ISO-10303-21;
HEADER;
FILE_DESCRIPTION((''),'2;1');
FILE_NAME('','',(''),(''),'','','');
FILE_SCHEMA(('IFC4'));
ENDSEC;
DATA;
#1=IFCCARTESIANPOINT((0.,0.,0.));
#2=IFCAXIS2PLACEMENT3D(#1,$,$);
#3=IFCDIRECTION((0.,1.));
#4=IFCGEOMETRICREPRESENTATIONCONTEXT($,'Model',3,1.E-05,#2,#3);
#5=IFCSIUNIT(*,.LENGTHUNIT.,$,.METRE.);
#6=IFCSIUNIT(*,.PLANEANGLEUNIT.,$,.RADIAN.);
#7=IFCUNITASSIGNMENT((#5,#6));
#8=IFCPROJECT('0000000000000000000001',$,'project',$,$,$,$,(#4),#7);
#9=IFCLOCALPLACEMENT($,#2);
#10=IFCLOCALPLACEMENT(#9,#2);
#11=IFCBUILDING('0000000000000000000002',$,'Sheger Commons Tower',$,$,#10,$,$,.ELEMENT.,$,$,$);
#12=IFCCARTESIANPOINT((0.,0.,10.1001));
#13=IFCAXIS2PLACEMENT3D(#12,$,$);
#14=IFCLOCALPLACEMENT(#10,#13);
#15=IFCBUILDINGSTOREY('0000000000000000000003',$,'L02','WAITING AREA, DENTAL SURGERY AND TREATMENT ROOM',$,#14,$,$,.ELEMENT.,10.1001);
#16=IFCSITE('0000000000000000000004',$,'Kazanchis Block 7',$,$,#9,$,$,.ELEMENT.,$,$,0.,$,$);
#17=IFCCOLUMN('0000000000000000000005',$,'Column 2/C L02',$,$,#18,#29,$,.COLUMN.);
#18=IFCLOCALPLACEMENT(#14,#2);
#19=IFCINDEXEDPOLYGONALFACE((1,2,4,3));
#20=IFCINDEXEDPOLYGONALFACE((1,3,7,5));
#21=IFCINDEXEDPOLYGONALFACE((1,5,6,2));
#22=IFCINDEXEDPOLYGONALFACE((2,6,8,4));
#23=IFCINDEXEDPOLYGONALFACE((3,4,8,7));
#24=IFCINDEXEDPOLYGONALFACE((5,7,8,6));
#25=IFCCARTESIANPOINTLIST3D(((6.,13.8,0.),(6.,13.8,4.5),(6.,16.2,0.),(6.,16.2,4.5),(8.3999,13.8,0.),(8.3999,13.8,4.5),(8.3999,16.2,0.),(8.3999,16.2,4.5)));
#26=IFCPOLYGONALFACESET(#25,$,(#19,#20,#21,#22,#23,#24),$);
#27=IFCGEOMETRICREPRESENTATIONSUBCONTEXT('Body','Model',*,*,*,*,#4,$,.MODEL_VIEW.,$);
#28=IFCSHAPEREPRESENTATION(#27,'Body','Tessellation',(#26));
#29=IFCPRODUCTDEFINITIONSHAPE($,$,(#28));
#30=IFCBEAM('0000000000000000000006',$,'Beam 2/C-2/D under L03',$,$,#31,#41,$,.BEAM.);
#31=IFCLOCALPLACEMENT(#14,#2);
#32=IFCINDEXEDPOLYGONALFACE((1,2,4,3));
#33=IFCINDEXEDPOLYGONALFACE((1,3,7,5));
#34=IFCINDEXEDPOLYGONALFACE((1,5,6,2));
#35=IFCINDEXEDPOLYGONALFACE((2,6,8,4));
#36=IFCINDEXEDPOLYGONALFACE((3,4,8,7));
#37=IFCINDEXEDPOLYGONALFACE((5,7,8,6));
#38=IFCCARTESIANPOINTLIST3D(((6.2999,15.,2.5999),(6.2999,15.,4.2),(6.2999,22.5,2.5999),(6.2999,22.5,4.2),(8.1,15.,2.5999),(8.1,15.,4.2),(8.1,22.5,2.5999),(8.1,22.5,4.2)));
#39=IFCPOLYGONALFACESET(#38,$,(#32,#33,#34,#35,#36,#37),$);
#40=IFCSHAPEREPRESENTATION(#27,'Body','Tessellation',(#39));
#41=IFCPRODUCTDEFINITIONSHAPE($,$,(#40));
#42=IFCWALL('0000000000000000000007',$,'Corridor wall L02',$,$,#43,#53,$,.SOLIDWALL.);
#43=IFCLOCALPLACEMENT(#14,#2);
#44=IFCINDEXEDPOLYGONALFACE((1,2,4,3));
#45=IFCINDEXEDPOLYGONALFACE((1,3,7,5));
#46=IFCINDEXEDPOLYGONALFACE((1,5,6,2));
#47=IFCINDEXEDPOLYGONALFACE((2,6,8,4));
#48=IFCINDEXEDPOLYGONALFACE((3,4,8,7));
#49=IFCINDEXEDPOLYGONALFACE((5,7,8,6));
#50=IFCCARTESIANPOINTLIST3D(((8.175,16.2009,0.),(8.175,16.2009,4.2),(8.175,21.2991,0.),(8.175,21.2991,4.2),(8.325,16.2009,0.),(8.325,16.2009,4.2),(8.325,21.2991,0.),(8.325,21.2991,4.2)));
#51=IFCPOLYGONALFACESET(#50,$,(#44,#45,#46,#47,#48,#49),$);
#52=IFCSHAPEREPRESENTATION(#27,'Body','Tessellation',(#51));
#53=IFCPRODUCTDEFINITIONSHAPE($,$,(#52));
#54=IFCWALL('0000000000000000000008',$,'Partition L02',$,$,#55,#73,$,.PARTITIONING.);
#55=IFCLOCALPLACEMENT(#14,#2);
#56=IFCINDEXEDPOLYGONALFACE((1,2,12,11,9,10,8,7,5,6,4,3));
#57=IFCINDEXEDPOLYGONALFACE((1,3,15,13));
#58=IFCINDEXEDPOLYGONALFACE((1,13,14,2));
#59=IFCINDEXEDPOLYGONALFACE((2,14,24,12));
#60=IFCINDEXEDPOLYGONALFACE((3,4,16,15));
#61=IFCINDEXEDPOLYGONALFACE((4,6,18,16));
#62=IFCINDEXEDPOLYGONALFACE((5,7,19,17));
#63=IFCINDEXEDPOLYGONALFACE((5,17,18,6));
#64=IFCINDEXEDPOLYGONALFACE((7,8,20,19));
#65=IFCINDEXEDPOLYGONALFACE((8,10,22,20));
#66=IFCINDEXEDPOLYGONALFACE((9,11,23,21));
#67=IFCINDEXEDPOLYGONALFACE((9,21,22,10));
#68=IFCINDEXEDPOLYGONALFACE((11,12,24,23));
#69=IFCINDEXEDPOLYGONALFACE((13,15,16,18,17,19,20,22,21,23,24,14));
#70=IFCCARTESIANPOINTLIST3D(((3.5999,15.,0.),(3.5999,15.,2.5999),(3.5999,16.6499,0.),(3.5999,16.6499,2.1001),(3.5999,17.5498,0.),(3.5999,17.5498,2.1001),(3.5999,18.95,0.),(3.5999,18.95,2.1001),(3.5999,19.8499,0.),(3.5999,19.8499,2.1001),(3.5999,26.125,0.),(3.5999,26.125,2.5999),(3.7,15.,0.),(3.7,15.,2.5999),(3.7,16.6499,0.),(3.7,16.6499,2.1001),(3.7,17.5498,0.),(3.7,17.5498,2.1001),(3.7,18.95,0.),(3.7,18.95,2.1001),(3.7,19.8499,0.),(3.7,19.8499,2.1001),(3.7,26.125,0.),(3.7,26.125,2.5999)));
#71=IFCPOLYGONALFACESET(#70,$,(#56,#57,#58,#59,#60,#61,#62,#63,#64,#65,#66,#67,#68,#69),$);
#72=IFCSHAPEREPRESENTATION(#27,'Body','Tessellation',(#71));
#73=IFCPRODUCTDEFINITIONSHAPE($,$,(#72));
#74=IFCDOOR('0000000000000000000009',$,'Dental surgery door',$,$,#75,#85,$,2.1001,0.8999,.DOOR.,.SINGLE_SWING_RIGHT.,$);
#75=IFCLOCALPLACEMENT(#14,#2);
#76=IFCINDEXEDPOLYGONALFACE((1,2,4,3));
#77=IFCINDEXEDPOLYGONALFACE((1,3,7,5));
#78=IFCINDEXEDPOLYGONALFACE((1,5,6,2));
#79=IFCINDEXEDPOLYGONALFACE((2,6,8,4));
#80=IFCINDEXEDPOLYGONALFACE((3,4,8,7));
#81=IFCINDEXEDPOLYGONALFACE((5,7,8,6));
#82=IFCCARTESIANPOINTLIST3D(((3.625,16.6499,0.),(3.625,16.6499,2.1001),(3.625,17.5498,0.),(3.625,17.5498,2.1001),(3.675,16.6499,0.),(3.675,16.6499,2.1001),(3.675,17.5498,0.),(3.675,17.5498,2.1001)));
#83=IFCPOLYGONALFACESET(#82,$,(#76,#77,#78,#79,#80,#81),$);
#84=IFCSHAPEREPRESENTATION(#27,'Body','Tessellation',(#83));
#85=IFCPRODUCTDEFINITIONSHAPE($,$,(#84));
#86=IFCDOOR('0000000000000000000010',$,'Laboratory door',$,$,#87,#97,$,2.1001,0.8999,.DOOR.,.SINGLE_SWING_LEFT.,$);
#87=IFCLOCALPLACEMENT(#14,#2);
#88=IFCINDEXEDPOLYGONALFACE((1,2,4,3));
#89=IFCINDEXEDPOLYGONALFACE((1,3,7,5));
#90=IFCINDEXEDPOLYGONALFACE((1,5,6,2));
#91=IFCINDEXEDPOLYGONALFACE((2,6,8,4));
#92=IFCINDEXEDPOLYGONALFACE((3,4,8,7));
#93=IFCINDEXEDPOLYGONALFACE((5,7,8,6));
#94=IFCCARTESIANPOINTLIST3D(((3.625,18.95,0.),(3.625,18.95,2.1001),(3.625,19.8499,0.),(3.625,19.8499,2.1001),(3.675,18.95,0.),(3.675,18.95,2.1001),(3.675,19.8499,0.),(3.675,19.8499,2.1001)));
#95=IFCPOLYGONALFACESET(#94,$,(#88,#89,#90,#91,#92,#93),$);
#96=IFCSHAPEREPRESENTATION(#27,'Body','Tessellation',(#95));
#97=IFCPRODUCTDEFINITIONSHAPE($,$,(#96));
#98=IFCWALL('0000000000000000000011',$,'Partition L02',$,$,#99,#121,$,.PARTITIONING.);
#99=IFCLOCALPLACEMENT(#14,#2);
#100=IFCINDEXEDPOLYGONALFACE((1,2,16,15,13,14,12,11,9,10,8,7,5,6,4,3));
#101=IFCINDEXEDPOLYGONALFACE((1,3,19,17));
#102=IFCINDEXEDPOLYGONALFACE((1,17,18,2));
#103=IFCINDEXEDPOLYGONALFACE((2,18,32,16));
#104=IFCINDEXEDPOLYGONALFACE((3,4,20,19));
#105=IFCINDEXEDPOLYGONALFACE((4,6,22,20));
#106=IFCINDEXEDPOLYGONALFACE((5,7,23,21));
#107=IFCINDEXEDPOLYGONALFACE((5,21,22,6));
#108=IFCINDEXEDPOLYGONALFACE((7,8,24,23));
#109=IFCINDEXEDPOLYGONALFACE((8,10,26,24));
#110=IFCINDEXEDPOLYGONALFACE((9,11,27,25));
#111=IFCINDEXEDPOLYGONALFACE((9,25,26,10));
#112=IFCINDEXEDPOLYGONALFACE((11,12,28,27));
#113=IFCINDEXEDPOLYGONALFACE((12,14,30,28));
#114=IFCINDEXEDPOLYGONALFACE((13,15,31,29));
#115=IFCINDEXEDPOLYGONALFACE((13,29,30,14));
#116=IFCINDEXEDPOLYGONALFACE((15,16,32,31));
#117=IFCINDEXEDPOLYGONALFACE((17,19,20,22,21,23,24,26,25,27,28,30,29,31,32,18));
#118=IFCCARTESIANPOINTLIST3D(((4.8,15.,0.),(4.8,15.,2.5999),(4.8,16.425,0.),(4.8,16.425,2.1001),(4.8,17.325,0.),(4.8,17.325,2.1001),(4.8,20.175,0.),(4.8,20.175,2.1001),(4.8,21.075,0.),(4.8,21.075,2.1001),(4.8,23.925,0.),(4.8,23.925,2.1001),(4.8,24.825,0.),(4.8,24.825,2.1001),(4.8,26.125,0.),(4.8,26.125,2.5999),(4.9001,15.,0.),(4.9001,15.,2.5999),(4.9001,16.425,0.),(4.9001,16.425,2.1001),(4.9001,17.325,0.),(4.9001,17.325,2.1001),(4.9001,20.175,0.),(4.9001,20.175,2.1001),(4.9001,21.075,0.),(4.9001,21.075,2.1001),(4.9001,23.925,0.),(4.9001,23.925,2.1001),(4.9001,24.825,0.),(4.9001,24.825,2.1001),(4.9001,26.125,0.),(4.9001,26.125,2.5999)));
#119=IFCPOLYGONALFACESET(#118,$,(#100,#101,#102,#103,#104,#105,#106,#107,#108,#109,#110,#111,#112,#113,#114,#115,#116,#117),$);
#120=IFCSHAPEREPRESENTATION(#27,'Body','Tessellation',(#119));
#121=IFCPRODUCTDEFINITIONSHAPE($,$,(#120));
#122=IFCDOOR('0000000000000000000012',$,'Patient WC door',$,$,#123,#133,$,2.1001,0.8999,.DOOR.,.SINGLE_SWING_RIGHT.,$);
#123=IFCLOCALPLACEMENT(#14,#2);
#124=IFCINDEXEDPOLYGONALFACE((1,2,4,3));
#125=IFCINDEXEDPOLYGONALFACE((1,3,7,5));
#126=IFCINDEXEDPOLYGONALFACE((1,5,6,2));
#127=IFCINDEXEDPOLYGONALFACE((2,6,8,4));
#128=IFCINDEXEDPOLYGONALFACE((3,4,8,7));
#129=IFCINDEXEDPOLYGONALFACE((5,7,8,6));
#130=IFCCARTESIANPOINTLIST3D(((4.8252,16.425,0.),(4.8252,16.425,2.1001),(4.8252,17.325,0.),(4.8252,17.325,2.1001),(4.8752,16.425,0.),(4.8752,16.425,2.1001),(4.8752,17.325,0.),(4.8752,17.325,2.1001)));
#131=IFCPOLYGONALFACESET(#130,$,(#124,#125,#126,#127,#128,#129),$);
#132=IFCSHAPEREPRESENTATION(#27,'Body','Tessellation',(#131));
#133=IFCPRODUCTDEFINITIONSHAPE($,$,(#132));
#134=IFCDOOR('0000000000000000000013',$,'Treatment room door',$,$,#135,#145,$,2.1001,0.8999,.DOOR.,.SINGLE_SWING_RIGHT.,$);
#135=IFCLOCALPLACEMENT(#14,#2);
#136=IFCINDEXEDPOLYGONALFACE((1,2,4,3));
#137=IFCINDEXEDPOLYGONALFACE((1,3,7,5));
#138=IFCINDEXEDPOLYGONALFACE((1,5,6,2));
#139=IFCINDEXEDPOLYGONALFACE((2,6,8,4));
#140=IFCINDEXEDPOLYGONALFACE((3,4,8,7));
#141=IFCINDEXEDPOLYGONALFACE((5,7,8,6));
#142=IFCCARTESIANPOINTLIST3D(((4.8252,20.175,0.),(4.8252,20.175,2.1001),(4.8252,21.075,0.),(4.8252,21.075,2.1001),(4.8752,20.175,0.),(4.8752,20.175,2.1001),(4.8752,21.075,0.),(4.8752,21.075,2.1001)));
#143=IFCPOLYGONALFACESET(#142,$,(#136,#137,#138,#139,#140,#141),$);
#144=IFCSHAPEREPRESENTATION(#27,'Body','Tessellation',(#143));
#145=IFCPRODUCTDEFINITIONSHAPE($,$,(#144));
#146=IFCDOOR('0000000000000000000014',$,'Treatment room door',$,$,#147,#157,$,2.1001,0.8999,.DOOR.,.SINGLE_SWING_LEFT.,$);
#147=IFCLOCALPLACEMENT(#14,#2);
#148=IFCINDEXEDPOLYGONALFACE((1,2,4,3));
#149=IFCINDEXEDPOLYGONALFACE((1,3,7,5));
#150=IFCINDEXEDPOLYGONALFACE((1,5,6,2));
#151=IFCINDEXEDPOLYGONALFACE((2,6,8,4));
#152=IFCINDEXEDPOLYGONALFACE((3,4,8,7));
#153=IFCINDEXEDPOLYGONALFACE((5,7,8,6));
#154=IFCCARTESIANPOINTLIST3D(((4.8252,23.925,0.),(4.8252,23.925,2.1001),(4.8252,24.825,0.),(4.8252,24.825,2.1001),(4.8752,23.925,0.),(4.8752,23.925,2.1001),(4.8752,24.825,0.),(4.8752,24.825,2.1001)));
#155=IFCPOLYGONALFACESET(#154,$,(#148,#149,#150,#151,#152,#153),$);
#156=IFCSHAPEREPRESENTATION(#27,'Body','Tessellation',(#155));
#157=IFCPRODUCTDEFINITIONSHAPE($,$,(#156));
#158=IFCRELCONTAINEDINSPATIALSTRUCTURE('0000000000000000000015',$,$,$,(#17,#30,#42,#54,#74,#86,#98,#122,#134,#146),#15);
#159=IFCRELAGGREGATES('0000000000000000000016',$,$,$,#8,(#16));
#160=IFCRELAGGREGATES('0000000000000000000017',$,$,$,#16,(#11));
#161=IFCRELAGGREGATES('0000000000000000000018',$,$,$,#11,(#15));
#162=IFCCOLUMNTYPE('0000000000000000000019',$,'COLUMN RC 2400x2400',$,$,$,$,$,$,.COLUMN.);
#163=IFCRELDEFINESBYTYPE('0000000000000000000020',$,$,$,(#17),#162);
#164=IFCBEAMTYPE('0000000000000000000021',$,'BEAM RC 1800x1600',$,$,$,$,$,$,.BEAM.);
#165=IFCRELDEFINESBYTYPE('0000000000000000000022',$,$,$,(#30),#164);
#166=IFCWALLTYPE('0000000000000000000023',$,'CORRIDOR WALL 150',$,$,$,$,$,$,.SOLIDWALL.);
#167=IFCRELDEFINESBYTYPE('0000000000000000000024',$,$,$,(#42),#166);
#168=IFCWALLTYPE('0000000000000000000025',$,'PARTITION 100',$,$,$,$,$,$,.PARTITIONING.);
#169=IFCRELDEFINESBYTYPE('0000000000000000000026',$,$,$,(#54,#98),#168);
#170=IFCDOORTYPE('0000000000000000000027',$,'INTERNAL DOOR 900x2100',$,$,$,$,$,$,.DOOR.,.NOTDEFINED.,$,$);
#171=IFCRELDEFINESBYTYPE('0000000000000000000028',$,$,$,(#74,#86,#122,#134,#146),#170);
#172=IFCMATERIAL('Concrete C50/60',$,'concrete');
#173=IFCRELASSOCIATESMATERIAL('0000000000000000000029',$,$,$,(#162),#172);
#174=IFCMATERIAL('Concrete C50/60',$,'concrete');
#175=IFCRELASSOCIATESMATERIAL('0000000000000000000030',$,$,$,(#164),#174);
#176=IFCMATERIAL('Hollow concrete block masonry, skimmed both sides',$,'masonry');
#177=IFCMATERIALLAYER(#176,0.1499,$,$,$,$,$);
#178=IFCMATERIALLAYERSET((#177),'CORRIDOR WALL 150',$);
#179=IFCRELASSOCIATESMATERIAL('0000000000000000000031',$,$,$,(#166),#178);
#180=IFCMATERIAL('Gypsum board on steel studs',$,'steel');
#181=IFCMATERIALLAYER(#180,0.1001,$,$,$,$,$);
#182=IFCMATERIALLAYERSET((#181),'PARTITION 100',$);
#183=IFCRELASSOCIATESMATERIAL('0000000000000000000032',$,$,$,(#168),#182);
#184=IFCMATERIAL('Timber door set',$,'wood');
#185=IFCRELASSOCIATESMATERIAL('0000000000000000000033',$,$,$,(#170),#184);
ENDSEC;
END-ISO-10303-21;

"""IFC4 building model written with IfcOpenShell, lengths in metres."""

from ifc_helpers import new_model, si_unit, direction, frame, frame_2d, origin, origin_2d, place, context, subcontext, project, spatial, rectangle, extrude, material, layer, layer_set, material_profile, profile_set, type_object, element, fill, save


model = new_model("IFC4")

# Units and contexts
model_context = context("Model", 3, precision=1e-05, world=origin(), true_north=direction((0.0, 1.0)))
body_context = subcontext(model_context, "Body", "Model", "MODEL_VIEW")
ifc_project = project(units=[si_unit("LENGTHUNIT", "METRE"), si_unit("PLANEANGLEUNIT", "RADIAN")], contexts=[model_context])

# Site, building, storey
site_placement = place(None, origin())
site = spatial("IfcSite", under=ifc_project, at=site_placement, Name="Kazanchis Block 7", CompositionType="ELEMENT", RefElevation=0.0)
building_placement = place(site_placement, origin())
building = spatial("IfcBuilding", under=site, at=building_placement, Name="Sheger Commons Tower", CompositionType="ELEMENT")
storey_placement = place(building_placement, frame((0.0, 0.0, 10.1001)))
storey = spatial("IfcBuildingStorey", under=building, at=storey_placement, Name="L02", Description="WAITING AREA, DENTAL SURGERY AND TREATMENT ROOM", CompositionType="ELEMENT", Elevation=10.1001)

# Column
ifc_material_1 = material(Name="Concrete C50/60", Category="concrete")
ifc_material_profile_1 = material_profile(ifc_material_1, rectangle(XDim=2.3999, YDim=2.3999, at=origin_2d()), Name="RC 2400x2400")
ifc_profile_set_1 = profile_set([ifc_material_profile_1], Name="Concrete C50/60")
column_type = type_object("IfcColumnType", Name="COLUMN RC 2400x2400", PredefinedType="COLUMN", material=ifc_profile_set_1)
column_placement = place(storey_placement, frame((7.2, 15.0, 0.0), z_axis=(0.0, 0.0, 1.0), x_axis=(1.0, 0.0, 0.0)))
element("IfcColumn", 1, at=column_placement, inside=storey, type_object=column_type, Name="Column 2/C L02", PredefinedType="COLUMN", context=body_context, shape_type="SweptSolid", body=[
    extrude(rectangle(XDim=2.3999, YDim=2.3999, at=origin_2d()), origin(), (0.0, 0.0, 1.0), 4.5),
])

# Beam
ifc_material_2 = material(Name="Concrete C50/60", Category="concrete")
ifc_material_profile_2 = material_profile(ifc_material_2, rectangle(XDim=1.8, YDim=1.6001, at=origin_2d()), Name="RC 1800x1600")
ifc_profile_set_2 = profile_set([ifc_material_profile_2], Name="Concrete C50/60")
beam_type = type_object("IfcBeamType", Name="BEAM RC 1800x1600", PredefinedType="BEAM", material=ifc_profile_set_2)
beam_placement = place(storey_placement, frame((7.2, 15.0, 3.3999), z_axis=(0.0, 1.0, 0.0), x_axis=(-1.0, 0.0, 0.0)))
element("IfcBeam", 2, at=beam_placement, inside=storey, type_object=beam_type, Name="Beam 2/C-2/D under L03", PredefinedType="BEAM", context=body_context, shape_type="SweptSolid", body=[
    extrude(rectangle(XDim=1.8, YDim=1.6001, at=origin_2d()), origin(), (0.0, 0.0, 1.0), 7.5),
])

# Wall
ifc_material_3 = material(Name="Hollow concrete block masonry, skimmed both sides", Category="masonry")
ifc_layer_1 = layer(ifc_material_3, 0.1499)
ifc_layer_set_1 = layer_set([ifc_layer_1], Name="CORRIDOR WALL 150")
wall_type_1 = type_object("IfcWallType", Name="CORRIDOR WALL 150", PredefinedType="SOLIDWALL", material=ifc_layer_set_1)
wall_1_placement = place(storey_placement, frame((8.25, 16.2009, 0.0), z_axis=(0.0, 0.0, 1.0), x_axis=(0.0, 1.0, 0.0)))
element("IfcWall", 3, at=wall_1_placement, inside=storey, type_object=wall_type_1, Name="Corridor wall L02", PredefinedType="SOLIDWALL", context=body_context, shape_type="SweptSolid", body=[
    extrude(rectangle(XDim=5.0981, YDim=0.1499, at=frame_2d((2.5491, 0.0))), origin(), (0.0, 0.0, 1.0), 4.2),
])

# Walls, openings, doors
ifc_material_4 = material(Name="Gypsum board on steel studs", Category="steel")
ifc_layer_2 = layer(ifc_material_4, 0.1001)
ifc_layer_set_2 = layer_set([ifc_layer_2], Name="PARTITION 100")
wall_type_2 = type_object("IfcWallType", Name="PARTITION 100", PredefinedType="PARTITIONING", material=ifc_layer_set_2)
wall_2_placement = place(storey_placement, frame((3.6499, 15.0, 0.0), z_axis=(0.0, 0.0, 1.0), x_axis=(0.0, 1.0, 0.0)))
wall_2 = element("IfcWall", 4, at=wall_2_placement, inside=storey, type_object=wall_type_2, Name="Partition L02", PredefinedType="PARTITIONING", context=body_context, shape_type="SweptSolid", body=[
    extrude(rectangle(XDim=11.125, YDim=0.1001, at=frame_2d((5.5625, 0.0))), origin(), (0.0, 0.0, 1.0), 2.5999),
])
opening_1_placement = place(wall_2_placement, frame((1.6499, 0.0, 0.0)))
opening_1 = element("IfcOpeningElement", 5, at=opening_1_placement, cuts=wall_2, PredefinedType="OPENING", context=body_context, shape_type="SweptSolid", body=[
    extrude(rectangle(XDim=0.8999, YDim=2.1001, at=frame_2d((0.45, 1.05))), frame((0.0, 0.0601, 0.0), z_axis=(0.0, -1.0, 0.0), x_axis=(1.0, 0.0, 0.0)), (0.0, 0.0, 1.0), 0.1201),
])
opening_2_placement = place(wall_2_placement, frame((3.95, 0.0, 0.0)))
opening_2 = element("IfcOpeningElement", 6, at=opening_2_placement, cuts=wall_2, PredefinedType="OPENING", context=body_context, shape_type="SweptSolid", body=[
    extrude(rectangle(XDim=0.8999, YDim=2.1001, at=frame_2d((0.45, 1.05))), frame((0.0, 0.0601, 0.0), z_axis=(0.0, -1.0, 0.0), x_axis=(1.0, 0.0, 0.0)), (0.0, 0.0, 1.0), 0.1201),
])
ifc_material_5 = material(Name="Timber door set", Category="wood")
door_type = type_object("IfcDoorType", Name="INTERNAL DOOR 900x2100", OperationType="NOTDEFINED", PredefinedType="DOOR", material=ifc_material_5)
door_1_placement = place(opening_1_placement, origin())
door_1 = element("IfcDoor", 7, at=door_1_placement, inside=storey, type_object=door_type, Name="Dental surgery door", OperationType="SINGLE_SWING_RIGHT", OverallHeight=2.1001, OverallWidth=0.8999, PredefinedType="DOOR", context=body_context, shape_type="SweptSolid", body=[
    extrude(rectangle(XDim=0.8999, YDim=2.1001, at=frame_2d((0.45, 1.05))), frame((0.0, 0.0249, 0.0), z_axis=(0.0, -1.0, 0.0), x_axis=(1.0, 0.0, 0.0)), (0.0, 0.0, 1.0), 0.05),
])
fill(opening_1, door_1)
door_2_placement = place(opening_2_placement, origin())
door_2 = element("IfcDoor", 8, at=door_2_placement, inside=storey, type_object=door_type, Name="Laboratory door", OperationType="SINGLE_SWING_LEFT", OverallHeight=2.1001, OverallWidth=0.8999, PredefinedType="DOOR", context=body_context, shape_type="SweptSolid", body=[
    extrude(rectangle(XDim=0.8999, YDim=2.1001, at=frame_2d((0.45, 1.05))), frame((0.0, 0.0249, 0.0), z_axis=(0.0, -1.0, 0.0), x_axis=(1.0, 0.0, 0.0)), (0.0, 0.0, 1.0), 0.05),
])
fill(opening_2, door_2)
wall_3_placement = place(storey_placement, frame((4.8501, 15.0, 0.0), z_axis=(0.0, 0.0, 1.0), x_axis=(0.0, 1.0, 0.0)))
wall_3 = element("IfcWall", 9, at=wall_3_placement, inside=storey, type_object=wall_type_2, Name="Partition L02", PredefinedType="PARTITIONING", context=body_context, shape_type="SweptSolid", body=[
    extrude(rectangle(XDim=11.125, YDim=0.1001, at=frame_2d((5.5625, 0.0))), origin(), (0.0, 0.0, 1.0), 2.5999),
])
opening_3_placement = place(wall_3_placement, frame((1.425, 0.0, 0.0)))
opening_3 = element("IfcOpeningElement", 10, at=opening_3_placement, cuts=wall_3, PredefinedType="OPENING", context=body_context, shape_type="SweptSolid", body=[
    extrude(rectangle(XDim=0.8999, YDim=2.1001, at=frame_2d((0.45, 1.05))), frame((0.0, 0.0601, 0.0), z_axis=(0.0, -1.0, 0.0), x_axis=(1.0, 0.0, 0.0)), (0.0, 0.0, 1.0), 0.1201),
])
opening_4_placement = place(wall_3_placement, frame((5.175, 0.0, 0.0)))
opening_4 = element("IfcOpeningElement", 11, at=opening_4_placement, cuts=wall_3, PredefinedType="OPENING", context=body_context, shape_type="SweptSolid", body=[
    extrude(rectangle(XDim=0.8999, YDim=2.1001, at=frame_2d((0.45, 1.05))), frame((0.0, 0.0601, 0.0), z_axis=(0.0, -1.0, 0.0), x_axis=(1.0, 0.0, 0.0)), (0.0, 0.0, 1.0), 0.1201),
])
opening_5_placement = place(wall_3_placement, frame((8.925, 0.0, 0.0)))
opening_5 = element("IfcOpeningElement", 12, at=opening_5_placement, cuts=wall_3, PredefinedType="OPENING", context=body_context, shape_type="SweptSolid", body=[
    extrude(rectangle(XDim=0.8999, YDim=2.1001, at=frame_2d((0.45, 1.05))), frame((0.0, 0.0601, 0.0), z_axis=(0.0, -1.0, 0.0), x_axis=(1.0, 0.0, 0.0)), (0.0, 0.0, 1.0), 0.1201),
])
door_3_placement = place(opening_3_placement, origin())
door_3 = element("IfcDoor", 13, at=door_3_placement, inside=storey, type_object=door_type, Name="Patient WC door", OperationType="SINGLE_SWING_RIGHT", OverallHeight=2.1001, OverallWidth=0.8999, PredefinedType="DOOR", context=body_context, shape_type="SweptSolid", body=[
    extrude(rectangle(XDim=0.8999, YDim=2.1001, at=frame_2d((0.45, 1.05))), frame((0.0, 0.0249, 0.0), z_axis=(0.0, -1.0, 0.0), x_axis=(1.0, 0.0, 0.0)), (0.0, 0.0, 1.0), 0.05),
])
fill(opening_3, door_3)
door_4_placement = place(opening_4_placement, origin())
door_4 = element("IfcDoor", 14, at=door_4_placement, inside=storey, type_object=door_type, Name="Treatment room door", OperationType="SINGLE_SWING_RIGHT", OverallHeight=2.1001, OverallWidth=0.8999, PredefinedType="DOOR", context=body_context, shape_type="SweptSolid", body=[
    extrude(rectangle(XDim=0.8999, YDim=2.1001, at=frame_2d((0.45, 1.05))), frame((0.0, 0.0249, 0.0), z_axis=(0.0, -1.0, 0.0), x_axis=(1.0, 0.0, 0.0)), (0.0, 0.0, 1.0), 0.05),
])
fill(opening_4, door_4)
door_5_placement = place(opening_5_placement, origin())
door_5 = element("IfcDoor", 15, at=door_5_placement, inside=storey, type_object=door_type, Name="Treatment room door", OperationType="SINGLE_SWING_LEFT", OverallHeight=2.1001, OverallWidth=0.8999, PredefinedType="DOOR", context=body_context, shape_type="SweptSolid", body=[
    extrude(rectangle(XDim=0.8999, YDim=2.1001, at=frame_2d((0.45, 1.05))), frame((0.0, 0.0249, 0.0), z_axis=(0.0, -1.0, 0.0), x_axis=(1.0, 0.0, 0.0)), (0.0, 0.0, 1.0), 0.05),
])
fill(opening_5, door_5)

save(model, "model.ifc")
